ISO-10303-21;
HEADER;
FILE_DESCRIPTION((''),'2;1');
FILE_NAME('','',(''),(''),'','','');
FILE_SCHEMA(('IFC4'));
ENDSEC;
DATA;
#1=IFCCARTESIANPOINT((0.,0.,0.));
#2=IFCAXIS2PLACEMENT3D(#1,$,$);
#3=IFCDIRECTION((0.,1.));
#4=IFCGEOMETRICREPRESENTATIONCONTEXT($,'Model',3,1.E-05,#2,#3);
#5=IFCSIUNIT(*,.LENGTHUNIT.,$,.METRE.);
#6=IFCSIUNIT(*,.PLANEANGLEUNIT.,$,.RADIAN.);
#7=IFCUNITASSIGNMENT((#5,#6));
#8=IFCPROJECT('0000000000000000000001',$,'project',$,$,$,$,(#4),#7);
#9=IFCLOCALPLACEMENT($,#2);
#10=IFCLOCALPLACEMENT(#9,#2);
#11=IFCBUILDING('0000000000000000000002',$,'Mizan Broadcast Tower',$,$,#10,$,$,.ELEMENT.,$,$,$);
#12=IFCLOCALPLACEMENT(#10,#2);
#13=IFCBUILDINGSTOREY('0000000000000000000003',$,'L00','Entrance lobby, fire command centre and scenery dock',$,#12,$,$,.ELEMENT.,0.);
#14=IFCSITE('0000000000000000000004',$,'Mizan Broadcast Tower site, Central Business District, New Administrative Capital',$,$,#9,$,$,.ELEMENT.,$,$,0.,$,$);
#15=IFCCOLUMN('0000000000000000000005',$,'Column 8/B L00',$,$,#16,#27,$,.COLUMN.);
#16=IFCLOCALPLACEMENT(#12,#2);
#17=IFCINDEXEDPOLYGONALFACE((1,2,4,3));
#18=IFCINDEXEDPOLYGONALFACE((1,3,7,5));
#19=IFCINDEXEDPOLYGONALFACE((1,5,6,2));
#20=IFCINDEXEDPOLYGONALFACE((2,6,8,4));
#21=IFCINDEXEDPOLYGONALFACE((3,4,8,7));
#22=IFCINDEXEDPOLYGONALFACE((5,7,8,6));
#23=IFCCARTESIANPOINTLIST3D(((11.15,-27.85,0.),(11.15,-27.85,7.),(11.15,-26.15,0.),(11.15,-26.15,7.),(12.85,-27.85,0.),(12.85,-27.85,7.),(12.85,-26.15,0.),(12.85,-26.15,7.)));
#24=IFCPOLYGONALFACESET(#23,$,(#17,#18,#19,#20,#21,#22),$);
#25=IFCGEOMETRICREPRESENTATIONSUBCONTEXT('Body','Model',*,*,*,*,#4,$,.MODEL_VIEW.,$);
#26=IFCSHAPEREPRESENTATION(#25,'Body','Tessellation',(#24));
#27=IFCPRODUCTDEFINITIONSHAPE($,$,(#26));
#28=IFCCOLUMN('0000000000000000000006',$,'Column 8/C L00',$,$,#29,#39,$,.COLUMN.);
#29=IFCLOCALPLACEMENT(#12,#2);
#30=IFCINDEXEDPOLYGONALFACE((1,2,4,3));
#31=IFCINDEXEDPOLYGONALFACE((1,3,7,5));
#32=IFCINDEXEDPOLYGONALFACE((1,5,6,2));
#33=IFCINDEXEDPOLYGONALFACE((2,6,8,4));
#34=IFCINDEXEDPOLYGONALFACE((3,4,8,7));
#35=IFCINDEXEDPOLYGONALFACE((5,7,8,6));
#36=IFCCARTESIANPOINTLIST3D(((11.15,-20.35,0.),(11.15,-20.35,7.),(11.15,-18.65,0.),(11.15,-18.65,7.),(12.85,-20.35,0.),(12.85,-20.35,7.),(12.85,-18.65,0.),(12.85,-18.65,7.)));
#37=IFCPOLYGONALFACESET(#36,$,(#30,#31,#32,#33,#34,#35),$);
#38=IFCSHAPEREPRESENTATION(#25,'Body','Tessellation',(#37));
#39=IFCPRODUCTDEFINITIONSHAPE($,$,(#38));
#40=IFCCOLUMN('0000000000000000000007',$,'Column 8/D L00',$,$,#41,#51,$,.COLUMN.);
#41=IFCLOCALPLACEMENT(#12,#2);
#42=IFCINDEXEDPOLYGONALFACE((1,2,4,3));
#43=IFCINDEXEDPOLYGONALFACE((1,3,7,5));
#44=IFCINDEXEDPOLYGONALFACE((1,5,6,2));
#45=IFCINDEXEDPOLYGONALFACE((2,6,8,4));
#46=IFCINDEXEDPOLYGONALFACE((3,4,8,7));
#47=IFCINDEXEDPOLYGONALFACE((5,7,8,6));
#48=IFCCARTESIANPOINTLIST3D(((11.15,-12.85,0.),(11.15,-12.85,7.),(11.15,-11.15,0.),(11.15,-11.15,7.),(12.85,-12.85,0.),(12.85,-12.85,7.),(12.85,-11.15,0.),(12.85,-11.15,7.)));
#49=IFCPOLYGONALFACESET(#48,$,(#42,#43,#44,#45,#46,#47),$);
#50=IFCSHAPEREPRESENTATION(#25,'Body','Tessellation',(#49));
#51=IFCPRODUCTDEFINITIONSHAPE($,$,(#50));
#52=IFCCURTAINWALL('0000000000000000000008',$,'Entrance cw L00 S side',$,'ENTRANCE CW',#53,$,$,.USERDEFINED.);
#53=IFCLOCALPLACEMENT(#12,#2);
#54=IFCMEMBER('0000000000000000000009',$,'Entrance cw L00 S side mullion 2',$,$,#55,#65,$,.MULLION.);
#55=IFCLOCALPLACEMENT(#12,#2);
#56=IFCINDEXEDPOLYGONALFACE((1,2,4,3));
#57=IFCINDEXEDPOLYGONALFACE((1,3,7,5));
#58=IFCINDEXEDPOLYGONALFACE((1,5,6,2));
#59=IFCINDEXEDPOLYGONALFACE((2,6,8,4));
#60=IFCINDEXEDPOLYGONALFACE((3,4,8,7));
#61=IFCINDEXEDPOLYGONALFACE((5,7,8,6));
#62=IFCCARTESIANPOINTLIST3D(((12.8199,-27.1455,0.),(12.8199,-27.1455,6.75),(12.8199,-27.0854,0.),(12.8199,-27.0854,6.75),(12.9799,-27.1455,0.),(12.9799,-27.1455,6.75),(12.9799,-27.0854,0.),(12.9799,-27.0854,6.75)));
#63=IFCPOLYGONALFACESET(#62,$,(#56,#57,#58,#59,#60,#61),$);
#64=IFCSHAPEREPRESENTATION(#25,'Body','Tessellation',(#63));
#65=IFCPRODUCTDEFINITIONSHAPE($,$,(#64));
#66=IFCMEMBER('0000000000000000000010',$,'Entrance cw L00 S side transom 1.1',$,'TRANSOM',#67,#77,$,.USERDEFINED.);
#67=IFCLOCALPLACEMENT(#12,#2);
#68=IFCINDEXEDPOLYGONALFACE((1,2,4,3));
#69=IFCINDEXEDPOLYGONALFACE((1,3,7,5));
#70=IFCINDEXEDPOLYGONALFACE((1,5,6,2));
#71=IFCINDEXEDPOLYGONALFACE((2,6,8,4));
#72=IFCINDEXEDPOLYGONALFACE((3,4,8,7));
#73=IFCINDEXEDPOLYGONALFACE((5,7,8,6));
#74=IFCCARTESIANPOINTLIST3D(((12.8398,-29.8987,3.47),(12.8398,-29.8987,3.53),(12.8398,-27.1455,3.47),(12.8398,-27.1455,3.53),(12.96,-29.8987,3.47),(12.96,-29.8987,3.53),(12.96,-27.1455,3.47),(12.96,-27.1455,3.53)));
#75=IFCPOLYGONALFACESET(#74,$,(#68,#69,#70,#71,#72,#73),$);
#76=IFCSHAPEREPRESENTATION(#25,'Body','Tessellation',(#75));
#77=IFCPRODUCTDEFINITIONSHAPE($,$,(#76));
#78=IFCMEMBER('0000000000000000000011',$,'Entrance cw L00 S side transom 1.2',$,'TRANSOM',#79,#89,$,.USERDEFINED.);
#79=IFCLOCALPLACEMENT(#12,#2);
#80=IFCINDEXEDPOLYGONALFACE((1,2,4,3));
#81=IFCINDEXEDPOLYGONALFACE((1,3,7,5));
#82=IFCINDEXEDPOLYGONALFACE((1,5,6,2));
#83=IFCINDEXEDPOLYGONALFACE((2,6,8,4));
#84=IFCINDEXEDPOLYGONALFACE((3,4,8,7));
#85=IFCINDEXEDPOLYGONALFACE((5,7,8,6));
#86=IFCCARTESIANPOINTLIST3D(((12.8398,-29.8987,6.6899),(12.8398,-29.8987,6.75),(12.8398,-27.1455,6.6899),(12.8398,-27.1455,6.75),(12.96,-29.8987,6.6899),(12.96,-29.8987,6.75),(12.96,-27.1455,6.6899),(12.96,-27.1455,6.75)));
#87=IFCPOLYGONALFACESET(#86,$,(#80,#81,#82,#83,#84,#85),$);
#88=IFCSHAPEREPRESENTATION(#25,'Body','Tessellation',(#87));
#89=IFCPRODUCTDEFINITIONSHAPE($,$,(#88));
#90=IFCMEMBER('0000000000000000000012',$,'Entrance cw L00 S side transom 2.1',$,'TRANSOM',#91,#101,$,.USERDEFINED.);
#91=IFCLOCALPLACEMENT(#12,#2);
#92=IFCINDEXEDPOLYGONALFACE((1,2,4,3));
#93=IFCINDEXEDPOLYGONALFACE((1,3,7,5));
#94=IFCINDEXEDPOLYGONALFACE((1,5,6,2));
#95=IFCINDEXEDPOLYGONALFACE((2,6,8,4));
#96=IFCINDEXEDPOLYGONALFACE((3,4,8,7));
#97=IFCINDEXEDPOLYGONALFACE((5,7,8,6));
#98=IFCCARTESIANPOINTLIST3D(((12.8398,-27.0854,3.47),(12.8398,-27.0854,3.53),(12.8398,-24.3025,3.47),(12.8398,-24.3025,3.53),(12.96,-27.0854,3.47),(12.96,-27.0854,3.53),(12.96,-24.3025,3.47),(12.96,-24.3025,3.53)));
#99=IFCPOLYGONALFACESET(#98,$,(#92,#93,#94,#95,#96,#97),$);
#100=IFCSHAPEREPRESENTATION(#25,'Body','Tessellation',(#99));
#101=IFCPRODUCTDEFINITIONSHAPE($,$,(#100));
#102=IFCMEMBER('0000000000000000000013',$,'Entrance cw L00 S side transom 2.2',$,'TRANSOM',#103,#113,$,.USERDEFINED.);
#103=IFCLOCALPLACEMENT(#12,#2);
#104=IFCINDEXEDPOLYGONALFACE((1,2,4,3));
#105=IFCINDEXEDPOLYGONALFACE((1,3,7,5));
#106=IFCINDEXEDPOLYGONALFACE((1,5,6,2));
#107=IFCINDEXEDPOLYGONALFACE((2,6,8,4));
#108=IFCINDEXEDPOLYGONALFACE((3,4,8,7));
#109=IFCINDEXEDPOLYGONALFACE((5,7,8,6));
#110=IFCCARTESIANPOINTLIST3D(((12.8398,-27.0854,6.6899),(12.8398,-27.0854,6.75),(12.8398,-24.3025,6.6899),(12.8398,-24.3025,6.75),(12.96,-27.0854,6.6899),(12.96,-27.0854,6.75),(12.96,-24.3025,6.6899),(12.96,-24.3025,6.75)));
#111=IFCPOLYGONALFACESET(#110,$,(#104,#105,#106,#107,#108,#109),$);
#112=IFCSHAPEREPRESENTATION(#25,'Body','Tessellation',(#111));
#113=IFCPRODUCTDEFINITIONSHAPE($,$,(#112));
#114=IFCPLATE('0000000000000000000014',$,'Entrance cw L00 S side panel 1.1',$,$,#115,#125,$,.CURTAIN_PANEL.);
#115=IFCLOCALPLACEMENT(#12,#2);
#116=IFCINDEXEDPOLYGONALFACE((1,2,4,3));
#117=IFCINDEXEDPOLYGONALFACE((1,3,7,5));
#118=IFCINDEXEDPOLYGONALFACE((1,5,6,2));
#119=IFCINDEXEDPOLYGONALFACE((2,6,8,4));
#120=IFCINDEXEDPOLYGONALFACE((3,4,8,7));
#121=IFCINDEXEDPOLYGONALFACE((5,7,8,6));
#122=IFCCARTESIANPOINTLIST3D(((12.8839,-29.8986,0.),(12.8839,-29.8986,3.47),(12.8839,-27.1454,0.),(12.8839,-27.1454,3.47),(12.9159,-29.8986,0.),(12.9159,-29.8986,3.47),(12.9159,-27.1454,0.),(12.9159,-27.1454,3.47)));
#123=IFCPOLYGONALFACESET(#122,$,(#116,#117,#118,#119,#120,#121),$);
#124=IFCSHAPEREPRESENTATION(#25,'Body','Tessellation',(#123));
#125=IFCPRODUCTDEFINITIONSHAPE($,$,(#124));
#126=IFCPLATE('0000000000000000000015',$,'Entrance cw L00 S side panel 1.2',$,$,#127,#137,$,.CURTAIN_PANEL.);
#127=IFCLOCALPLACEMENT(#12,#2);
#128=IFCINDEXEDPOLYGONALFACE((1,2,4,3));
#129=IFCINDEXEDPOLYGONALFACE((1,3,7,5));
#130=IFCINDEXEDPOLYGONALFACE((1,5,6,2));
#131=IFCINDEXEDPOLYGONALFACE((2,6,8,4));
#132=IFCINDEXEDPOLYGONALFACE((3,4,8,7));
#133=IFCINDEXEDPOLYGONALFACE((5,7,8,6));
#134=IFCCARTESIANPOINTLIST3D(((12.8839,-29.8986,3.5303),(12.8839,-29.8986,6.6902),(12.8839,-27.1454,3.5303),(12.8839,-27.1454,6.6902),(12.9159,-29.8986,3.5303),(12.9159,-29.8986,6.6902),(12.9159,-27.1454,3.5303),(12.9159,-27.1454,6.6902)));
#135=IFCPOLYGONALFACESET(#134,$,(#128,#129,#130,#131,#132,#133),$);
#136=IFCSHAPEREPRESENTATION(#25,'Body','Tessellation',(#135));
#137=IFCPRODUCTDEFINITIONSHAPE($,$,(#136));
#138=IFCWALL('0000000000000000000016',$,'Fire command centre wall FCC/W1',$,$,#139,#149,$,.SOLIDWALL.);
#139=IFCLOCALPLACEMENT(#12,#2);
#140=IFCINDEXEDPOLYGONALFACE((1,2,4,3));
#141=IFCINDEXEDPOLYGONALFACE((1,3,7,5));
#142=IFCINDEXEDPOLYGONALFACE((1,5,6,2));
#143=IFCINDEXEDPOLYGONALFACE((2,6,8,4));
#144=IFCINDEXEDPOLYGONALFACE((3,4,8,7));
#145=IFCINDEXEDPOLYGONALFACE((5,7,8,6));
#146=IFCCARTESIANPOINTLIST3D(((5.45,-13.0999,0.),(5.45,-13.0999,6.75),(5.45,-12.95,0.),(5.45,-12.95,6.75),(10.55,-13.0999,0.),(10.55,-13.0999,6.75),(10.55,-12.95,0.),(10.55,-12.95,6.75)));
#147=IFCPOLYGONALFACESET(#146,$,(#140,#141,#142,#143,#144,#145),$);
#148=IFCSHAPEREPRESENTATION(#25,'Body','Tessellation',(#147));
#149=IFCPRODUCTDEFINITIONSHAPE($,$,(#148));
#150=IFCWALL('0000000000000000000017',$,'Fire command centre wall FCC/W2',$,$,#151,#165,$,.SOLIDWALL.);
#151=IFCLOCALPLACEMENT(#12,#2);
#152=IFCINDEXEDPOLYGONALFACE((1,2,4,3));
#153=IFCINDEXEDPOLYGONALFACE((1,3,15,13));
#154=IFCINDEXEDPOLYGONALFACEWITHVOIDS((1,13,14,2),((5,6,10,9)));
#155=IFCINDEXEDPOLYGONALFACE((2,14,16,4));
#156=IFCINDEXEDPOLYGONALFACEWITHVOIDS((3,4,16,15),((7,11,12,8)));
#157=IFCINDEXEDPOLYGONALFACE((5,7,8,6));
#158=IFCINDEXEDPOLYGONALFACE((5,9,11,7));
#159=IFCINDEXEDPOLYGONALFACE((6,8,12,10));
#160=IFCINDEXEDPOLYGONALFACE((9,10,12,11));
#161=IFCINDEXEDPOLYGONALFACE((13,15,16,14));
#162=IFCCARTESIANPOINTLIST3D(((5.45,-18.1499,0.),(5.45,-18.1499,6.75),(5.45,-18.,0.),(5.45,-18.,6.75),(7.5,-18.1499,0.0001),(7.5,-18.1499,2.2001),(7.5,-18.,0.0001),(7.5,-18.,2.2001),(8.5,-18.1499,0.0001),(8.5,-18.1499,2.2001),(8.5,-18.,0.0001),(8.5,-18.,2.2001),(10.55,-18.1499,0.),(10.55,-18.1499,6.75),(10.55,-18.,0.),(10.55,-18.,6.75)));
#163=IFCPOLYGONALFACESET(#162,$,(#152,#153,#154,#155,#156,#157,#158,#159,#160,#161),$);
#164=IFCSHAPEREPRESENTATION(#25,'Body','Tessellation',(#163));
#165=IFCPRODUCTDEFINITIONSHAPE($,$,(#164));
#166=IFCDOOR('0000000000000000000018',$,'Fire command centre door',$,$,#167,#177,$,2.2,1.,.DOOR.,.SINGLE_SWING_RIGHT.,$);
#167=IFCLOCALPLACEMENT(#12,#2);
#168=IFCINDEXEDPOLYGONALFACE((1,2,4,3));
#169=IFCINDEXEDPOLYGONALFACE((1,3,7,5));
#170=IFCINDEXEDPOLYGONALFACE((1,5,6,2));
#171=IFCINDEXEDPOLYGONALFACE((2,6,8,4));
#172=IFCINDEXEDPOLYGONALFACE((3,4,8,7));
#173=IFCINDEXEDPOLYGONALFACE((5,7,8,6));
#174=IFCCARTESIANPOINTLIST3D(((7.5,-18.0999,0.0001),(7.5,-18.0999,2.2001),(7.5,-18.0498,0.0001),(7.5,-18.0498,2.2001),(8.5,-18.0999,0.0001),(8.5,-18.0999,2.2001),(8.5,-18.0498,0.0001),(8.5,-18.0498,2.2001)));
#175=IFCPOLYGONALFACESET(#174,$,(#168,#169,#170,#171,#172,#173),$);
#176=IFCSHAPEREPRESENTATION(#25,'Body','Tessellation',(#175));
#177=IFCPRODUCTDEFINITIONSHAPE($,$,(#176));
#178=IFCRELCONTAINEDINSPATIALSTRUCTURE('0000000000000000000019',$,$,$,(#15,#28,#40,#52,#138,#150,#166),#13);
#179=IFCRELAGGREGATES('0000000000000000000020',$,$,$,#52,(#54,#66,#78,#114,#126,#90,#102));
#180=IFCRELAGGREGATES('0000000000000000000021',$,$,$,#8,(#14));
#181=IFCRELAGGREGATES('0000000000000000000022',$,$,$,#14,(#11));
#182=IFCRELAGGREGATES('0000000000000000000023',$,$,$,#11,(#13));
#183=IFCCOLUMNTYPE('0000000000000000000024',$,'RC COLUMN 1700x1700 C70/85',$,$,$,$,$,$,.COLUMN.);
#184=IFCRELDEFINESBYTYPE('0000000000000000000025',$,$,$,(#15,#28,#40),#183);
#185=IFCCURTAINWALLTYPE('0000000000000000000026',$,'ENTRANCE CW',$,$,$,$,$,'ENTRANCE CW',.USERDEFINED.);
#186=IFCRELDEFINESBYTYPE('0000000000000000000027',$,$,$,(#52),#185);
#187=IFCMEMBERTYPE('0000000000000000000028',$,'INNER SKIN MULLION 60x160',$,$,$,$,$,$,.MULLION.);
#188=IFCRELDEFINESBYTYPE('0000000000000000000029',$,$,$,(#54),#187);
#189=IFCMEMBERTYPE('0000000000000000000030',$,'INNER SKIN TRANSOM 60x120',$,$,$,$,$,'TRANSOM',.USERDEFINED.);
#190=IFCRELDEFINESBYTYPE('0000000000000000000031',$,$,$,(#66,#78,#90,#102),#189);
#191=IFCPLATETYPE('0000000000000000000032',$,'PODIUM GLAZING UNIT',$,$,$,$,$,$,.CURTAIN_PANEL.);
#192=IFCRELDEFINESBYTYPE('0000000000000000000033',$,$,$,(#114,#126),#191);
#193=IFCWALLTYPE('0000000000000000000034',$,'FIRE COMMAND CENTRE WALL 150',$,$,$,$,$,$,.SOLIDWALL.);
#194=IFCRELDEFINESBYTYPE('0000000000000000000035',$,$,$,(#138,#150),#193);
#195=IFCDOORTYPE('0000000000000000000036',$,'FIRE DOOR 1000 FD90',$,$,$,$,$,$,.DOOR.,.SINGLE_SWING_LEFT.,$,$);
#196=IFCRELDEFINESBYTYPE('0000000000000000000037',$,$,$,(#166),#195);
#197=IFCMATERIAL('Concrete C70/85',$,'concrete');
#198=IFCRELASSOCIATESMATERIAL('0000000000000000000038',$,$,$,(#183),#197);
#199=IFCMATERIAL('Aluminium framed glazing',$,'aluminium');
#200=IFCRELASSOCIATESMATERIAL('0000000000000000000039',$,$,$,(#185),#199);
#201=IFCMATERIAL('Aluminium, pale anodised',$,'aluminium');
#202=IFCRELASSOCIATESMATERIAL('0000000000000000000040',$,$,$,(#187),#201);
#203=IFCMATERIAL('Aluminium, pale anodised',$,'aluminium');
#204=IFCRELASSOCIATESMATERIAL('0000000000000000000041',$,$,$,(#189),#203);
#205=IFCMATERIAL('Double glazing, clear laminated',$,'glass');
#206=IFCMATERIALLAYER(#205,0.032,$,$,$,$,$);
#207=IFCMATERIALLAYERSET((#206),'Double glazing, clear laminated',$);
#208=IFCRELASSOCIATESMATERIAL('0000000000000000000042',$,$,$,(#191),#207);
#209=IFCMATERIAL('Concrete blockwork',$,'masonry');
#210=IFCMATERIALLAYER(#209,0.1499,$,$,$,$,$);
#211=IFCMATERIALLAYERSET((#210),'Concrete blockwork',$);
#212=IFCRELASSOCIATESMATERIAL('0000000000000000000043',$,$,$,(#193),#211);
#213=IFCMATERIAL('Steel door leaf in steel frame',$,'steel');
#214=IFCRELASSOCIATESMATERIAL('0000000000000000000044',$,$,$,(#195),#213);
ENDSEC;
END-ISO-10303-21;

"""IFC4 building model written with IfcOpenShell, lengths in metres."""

from ifc_helpers import new_model, si_unit, direction, frame, frame_2d, origin, origin_2d, place, context, subcontext, project, spatial, rectangle, extrude, material, layer, layer_set, material_profile, profile_set, type_object, element, fill, aggregate, save


model = new_model("IFC4")

# Units and contexts
model_context = context("Model", 3, precision=1e-05, world=origin(), true_north=direction((0.0, 1.0)))
body_context = subcontext(model_context, "Body", "Model", "MODEL_VIEW")
ifc_project = project(units=[si_unit("LENGTHUNIT", "METRE"), si_unit("PLANEANGLEUNIT", "RADIAN")], contexts=[model_context])

# Site, building, storey
site_placement = place(None, origin())
site = spatial("IfcSite", under=ifc_project, at=site_placement, Name="Mizan Broadcast Tower site, Central Business District, New Administrative Capital", CompositionType="ELEMENT", RefElevation=0.0)
building_placement = place(site_placement, origin())
building = spatial("IfcBuilding", under=site, at=building_placement, Name="Mizan Broadcast Tower", CompositionType="ELEMENT")
storey_placement = place(building_placement, origin())
storey = spatial("IfcBuildingStorey", under=building, at=storey_placement, Name="L00", Description="Entrance lobby, fire command centre and scenery dock", CompositionType="ELEMENT", Elevation=0.0)

# Columns
ifc_material_1 = material(Name="Concrete C70/85", Category="concrete")
ifc_material_profile_1 = material_profile(ifc_material_1, rectangle(XDim=1.7, YDim=1.7, at=origin_2d()), Name="RC 1700x1700")
ifc_profile_set_1 = profile_set([ifc_material_profile_1], Name="Concrete C70/85")
column_type = type_object("IfcColumnType", Name="RC COLUMN 1700x1700 C70/85", PredefinedType="COLUMN", material=ifc_profile_set_1)
for number, where, z_axis, x_axis, name in (
    (1, (12.0, -27.0, 0.0), (0.0, 0.0, 1.0), (1.0, 0.0, 0.0), "Column 8/B L00"),
    (2, (12.0, -19.5, 0.0), (0.0, 0.0, 1.0), (1.0, 0.0, 0.0), "Column 8/C L00"),
    (3, (12.0, -12.0, 0.0), (0.0, 0.0, 1.0), (1.0, 0.0, 0.0), "Column 8/D L00"),
):
    element("IfcColumn", number, at=place(storey_placement, frame(where, z_axis=z_axis, x_axis=x_axis)), inside=storey, type_object=column_type, Name=name, PredefinedType="COLUMN", context=body_context, shape_type="SweptSolid", body=[
        extrude(rectangle(XDim=1.7, YDim=1.7, at=origin_2d()), origin(), (0.0, 0.0, 1.0), 7.0),
    ])

# Curtain wall, members, plates
ifc_material_2 = material(Name="Aluminium framed glazing", Category="aluminium")
curtain_wall_type = type_object("IfcCurtainWallType", Name="ENTRANCE CW", ElementType="ENTRANCE CW", PredefinedType="USERDEFINED", material=ifc_material_2)
curtain_wall_placement = place(storey_placement, origin())
curtain_wall = element("IfcCurtainWall", 4, at=curtain_wall_placement, inside=storey, type_object=curtain_wall_type, Name="Entrance cw L00 S side", ObjectType="ENTRANCE CW", PredefinedType="USERDEFINED")
ifc_material_3 = material(Name="Aluminium, pale anodised", Category="aluminium")
ifc_material_profile_2 = material_profile(ifc_material_3, rectangle(XDim=0.1599, YDim=0.0601, at=origin_2d()), Name="MULLION 160x60")
ifc_profile_set_2 = profile_set([ifc_material_profile_2], Name="Aluminium, pale anodised")
member_type_1 = type_object("IfcMemberType", Name="INNER SKIN MULLION 60x160", PredefinedType="MULLION", material=ifc_profile_set_2)
member_1_placement = place(storey_placement, frame((12.8999, -27.1155, 0.0), z_axis=(0.0, 0.0, 1.0), x_axis=(-1.0, 0.0, 0.0)))
member_1 = element("IfcMember", 5, at=member_1_placement, type_object=member_type_1, Name="Entrance cw L00 S side mullion 2", PredefinedType="MULLION", context=body_context, shape_type="SweptSolid", body=[
    extrude(rectangle(XDim=0.1599, YDim=0.0601, at=origin_2d()), origin(), (0.0, 0.0, 1.0), 6.75),
])
ifc_material_4 = material(Name="Aluminium, pale anodised", Category="aluminium")
ifc_material_profile_3 = material_profile(ifc_material_4, rectangle(XDim=0.1201, YDim=0.0601, at=origin_2d()), Name="TRANSOM 120x60")
ifc_profile_set_3 = profile_set([ifc_material_profile_3], Name="Aluminium, pale anodised")
member_type_2 = type_object("IfcMemberType", Name="INNER SKIN TRANSOM 60x120", ElementType="TRANSOM", PredefinedType="USERDEFINED", material=ifc_profile_set_3)
member_2_placement = place(storey_placement, frame((12.8999, -29.8987, 3.5), z_axis=(0.0, 1.0, 0.0), x_axis=(-1.0, 0.0, 0.0)))
member_2 = element("IfcMember", 6, at=member_2_placement, type_object=member_type_2, Name="Entrance cw L00 S side transom 1.1", ObjectType="TRANSOM", PredefinedType="USERDEFINED", context=body_context, shape_type="SweptSolid", body=[
    extrude(rectangle(XDim=0.1201, YDim=0.0601, at=origin_2d()), origin(), (0.0, 0.0, 1.0), 2.7532),
])
member_3_placement = place(storey_placement, frame((12.8999, -29.8987, 6.72), z_axis=(0.0, 1.0, 0.0), x_axis=(-1.0, 0.0, 0.0)))
member_3 = element("IfcMember", 7, at=member_3_placement, type_object=member_type_2, Name="Entrance cw L00 S side transom 1.2", ObjectType="TRANSOM", PredefinedType="USERDEFINED", context=body_context, shape_type="SweptSolid", body=[
    extrude(rectangle(XDim=0.1201, YDim=0.0601, at=origin_2d()), origin(), (0.0, 0.0, 1.0), 2.7532),
])
member_4_placement = place(storey_placement, frame((12.8999, -27.0854, 3.5), z_axis=(0.0, 1.0, 0.0), x_axis=(-1.0, 0.0, 0.0)))
member_4 = element("IfcMember", 8, at=member_4_placement, type_object=member_type_2, Name="Entrance cw L00 S side transom 2.1", ObjectType="TRANSOM", PredefinedType="USERDEFINED", context=body_context, shape_type="SweptSolid", body=[
    extrude(rectangle(XDim=0.1201, YDim=0.0601, at=origin_2d()), origin(), (0.0, 0.0, 1.0), 2.783),
])
member_5_placement = place(storey_placement, frame((12.8999, -27.0854, 6.72), z_axis=(0.0, 1.0, 0.0), x_axis=(-1.0, 0.0, 0.0)))
member_5 = element("IfcMember", 9, at=member_5_placement, type_object=member_type_2, Name="Entrance cw L00 S side transom 2.2", ObjectType="TRANSOM", PredefinedType="USERDEFINED", context=body_context, shape_type="SweptSolid", body=[
    extrude(rectangle(XDim=0.1201, YDim=0.0601, at=origin_2d()), origin(), (0.0, 0.0, 1.0), 2.783),
])
ifc_material_5 = material(Name="Double glazing, clear laminated", Category="glass")
ifc_layer_1 = layer(ifc_material_5, 0.032)
ifc_layer_set_1 = layer_set([ifc_layer_1], Name="Double glazing, clear laminated")
plate_type = type_object("IfcPlateType", Name="PODIUM GLAZING UNIT", PredefinedType="CURTAIN_PANEL", material=ifc_layer_set_1)
plate_1_placement = place(storey_placement, frame((12.8999, -28.522, 0.0), z_axis=(0.0, 0.0, 1.0), x_axis=(0.0, 1.0, 0.0)))
plate_1 = element("IfcPlate", 10, at=plate_1_placement, type_object=plate_type, Name="Entrance cw L00 S side panel 1.1", PredefinedType="CURTAIN_PANEL", context=body_context, shape_type="SweptSolid", body=[
    extrude(rectangle(XDim=2.7532, YDim=0.032, at=origin_2d()), origin(), (0.0, 0.0, 1.0), 3.47),
])
plate_2_placement = place(storey_placement, frame((12.8999, -28.522, 3.5303), z_axis=(0.0, 0.0, 1.0), x_axis=(0.0, 1.0, 0.0)))
plate_2 = element("IfcPlate", 11, at=plate_2_placement, type_object=plate_type, Name="Entrance cw L00 S side panel 1.2", PredefinedType="CURTAIN_PANEL", context=body_context, shape_type="SweptSolid", body=[
    extrude(rectangle(XDim=2.7532, YDim=0.032, at=origin_2d()), origin(), (0.0, 0.0, 1.0), 3.1599),
])
aggregate(curtain_wall, [member_1, member_2, member_3, plate_1, plate_2, member_4, member_5])

# Wall
ifc_material_6 = material(Name="Concrete blockwork", Category="masonry")
ifc_layer_2 = layer(ifc_material_6, 0.1499)
ifc_layer_set_2 = layer_set([ifc_layer_2], Name="Concrete blockwork")
wall_type_1 = type_object("IfcWallType", Name="FIRE COMMAND CENTRE WALL 150", PredefinedType="SOLIDWALL", material=ifc_layer_set_2)
wall_1_placement = place(storey_placement, frame((5.45, -13.0249, 0.0), z_axis=(0.0, 0.0, 1.0), x_axis=(1.0, 0.0, 0.0)))
element("IfcWall", 12, at=wall_1_placement, inside=storey, type_object=wall_type_1, Name="Fire command centre wall FCC/W1", PredefinedType="SOLIDWALL", context=body_context, shape_type="SweptSolid", body=[
    extrude(rectangle(XDim=5.1001, YDim=0.1499, at=frame_2d((2.55, 0.0))), origin(), (0.0, 0.0, 1.0), 6.75),
])

# Wall, opening, door
wall_2_placement = place(storey_placement, frame((10.55, -18.075, 0.0), z_axis=(0.0, 0.0, 1.0), x_axis=(-1.0, 0.0, 0.0)))
wall_2 = element("IfcWall", 13, at=wall_2_placement, inside=storey, type_object=wall_type_1, Name="Fire command centre wall FCC/W2", PredefinedType="SOLIDWALL", context=body_context, shape_type="SweptSolid", body=[
    extrude(rectangle(XDim=5.1001, YDim=0.1499, at=frame_2d((2.55, 0.0))), origin(), (0.0, 0.0, 1.0), 6.75),
])
opening_1_placement = place(wall_2_placement, frame((2.05, 0.0, 0.0)))
opening_1 = element("IfcOpeningElement", 14, at=opening_1_placement, cuts=wall_2, PredefinedType="OPENING", context=body_context, shape_type="SweptSolid", body=[
    extrude(rectangle(XDim=1.0, YDim=2.2, at=frame_2d((0.5, 1.1001))), frame((0.0, 0.085, 0.0), z_axis=(0.0, -1.0, 0.0), x_axis=(1.0, 0.0, 0.0)), (0.0, 0.0, 1.0), 0.1699),
])
ifc_material_7 = material(Name="Steel door leaf in steel frame", Category="steel")
door_type_1 = type_object("IfcDoorType", Name="FIRE DOOR 1000 FD90", OperationType="SINGLE_SWING_LEFT", PredefinedType="DOOR", material=ifc_material_7)
door_1_placement = place(opening_1_placement, origin())
door_1 = element("IfcDoor", 15, at=door_1_placement, inside=storey, type_object=door_type_1, Name="Fire command centre door", OperationType="SINGLE_SWING_RIGHT", OverallHeight=2.2, OverallWidth=1.0, PredefinedType="DOOR", context=body_context, shape_type="SweptSolid", body=[
    extrude(rectangle(XDim=1.0, YDim=2.2, at=frame_2d((0.5, 1.1001))), frame((0.0, 0.0249, 0.0), z_axis=(0.0, -1.0, 0.0), x_axis=(1.0, 0.0, 0.0)), (0.0, 0.0, 1.0), 0.05),
])
fill(opening_1, door_1)

save(model, "model.ifc")
